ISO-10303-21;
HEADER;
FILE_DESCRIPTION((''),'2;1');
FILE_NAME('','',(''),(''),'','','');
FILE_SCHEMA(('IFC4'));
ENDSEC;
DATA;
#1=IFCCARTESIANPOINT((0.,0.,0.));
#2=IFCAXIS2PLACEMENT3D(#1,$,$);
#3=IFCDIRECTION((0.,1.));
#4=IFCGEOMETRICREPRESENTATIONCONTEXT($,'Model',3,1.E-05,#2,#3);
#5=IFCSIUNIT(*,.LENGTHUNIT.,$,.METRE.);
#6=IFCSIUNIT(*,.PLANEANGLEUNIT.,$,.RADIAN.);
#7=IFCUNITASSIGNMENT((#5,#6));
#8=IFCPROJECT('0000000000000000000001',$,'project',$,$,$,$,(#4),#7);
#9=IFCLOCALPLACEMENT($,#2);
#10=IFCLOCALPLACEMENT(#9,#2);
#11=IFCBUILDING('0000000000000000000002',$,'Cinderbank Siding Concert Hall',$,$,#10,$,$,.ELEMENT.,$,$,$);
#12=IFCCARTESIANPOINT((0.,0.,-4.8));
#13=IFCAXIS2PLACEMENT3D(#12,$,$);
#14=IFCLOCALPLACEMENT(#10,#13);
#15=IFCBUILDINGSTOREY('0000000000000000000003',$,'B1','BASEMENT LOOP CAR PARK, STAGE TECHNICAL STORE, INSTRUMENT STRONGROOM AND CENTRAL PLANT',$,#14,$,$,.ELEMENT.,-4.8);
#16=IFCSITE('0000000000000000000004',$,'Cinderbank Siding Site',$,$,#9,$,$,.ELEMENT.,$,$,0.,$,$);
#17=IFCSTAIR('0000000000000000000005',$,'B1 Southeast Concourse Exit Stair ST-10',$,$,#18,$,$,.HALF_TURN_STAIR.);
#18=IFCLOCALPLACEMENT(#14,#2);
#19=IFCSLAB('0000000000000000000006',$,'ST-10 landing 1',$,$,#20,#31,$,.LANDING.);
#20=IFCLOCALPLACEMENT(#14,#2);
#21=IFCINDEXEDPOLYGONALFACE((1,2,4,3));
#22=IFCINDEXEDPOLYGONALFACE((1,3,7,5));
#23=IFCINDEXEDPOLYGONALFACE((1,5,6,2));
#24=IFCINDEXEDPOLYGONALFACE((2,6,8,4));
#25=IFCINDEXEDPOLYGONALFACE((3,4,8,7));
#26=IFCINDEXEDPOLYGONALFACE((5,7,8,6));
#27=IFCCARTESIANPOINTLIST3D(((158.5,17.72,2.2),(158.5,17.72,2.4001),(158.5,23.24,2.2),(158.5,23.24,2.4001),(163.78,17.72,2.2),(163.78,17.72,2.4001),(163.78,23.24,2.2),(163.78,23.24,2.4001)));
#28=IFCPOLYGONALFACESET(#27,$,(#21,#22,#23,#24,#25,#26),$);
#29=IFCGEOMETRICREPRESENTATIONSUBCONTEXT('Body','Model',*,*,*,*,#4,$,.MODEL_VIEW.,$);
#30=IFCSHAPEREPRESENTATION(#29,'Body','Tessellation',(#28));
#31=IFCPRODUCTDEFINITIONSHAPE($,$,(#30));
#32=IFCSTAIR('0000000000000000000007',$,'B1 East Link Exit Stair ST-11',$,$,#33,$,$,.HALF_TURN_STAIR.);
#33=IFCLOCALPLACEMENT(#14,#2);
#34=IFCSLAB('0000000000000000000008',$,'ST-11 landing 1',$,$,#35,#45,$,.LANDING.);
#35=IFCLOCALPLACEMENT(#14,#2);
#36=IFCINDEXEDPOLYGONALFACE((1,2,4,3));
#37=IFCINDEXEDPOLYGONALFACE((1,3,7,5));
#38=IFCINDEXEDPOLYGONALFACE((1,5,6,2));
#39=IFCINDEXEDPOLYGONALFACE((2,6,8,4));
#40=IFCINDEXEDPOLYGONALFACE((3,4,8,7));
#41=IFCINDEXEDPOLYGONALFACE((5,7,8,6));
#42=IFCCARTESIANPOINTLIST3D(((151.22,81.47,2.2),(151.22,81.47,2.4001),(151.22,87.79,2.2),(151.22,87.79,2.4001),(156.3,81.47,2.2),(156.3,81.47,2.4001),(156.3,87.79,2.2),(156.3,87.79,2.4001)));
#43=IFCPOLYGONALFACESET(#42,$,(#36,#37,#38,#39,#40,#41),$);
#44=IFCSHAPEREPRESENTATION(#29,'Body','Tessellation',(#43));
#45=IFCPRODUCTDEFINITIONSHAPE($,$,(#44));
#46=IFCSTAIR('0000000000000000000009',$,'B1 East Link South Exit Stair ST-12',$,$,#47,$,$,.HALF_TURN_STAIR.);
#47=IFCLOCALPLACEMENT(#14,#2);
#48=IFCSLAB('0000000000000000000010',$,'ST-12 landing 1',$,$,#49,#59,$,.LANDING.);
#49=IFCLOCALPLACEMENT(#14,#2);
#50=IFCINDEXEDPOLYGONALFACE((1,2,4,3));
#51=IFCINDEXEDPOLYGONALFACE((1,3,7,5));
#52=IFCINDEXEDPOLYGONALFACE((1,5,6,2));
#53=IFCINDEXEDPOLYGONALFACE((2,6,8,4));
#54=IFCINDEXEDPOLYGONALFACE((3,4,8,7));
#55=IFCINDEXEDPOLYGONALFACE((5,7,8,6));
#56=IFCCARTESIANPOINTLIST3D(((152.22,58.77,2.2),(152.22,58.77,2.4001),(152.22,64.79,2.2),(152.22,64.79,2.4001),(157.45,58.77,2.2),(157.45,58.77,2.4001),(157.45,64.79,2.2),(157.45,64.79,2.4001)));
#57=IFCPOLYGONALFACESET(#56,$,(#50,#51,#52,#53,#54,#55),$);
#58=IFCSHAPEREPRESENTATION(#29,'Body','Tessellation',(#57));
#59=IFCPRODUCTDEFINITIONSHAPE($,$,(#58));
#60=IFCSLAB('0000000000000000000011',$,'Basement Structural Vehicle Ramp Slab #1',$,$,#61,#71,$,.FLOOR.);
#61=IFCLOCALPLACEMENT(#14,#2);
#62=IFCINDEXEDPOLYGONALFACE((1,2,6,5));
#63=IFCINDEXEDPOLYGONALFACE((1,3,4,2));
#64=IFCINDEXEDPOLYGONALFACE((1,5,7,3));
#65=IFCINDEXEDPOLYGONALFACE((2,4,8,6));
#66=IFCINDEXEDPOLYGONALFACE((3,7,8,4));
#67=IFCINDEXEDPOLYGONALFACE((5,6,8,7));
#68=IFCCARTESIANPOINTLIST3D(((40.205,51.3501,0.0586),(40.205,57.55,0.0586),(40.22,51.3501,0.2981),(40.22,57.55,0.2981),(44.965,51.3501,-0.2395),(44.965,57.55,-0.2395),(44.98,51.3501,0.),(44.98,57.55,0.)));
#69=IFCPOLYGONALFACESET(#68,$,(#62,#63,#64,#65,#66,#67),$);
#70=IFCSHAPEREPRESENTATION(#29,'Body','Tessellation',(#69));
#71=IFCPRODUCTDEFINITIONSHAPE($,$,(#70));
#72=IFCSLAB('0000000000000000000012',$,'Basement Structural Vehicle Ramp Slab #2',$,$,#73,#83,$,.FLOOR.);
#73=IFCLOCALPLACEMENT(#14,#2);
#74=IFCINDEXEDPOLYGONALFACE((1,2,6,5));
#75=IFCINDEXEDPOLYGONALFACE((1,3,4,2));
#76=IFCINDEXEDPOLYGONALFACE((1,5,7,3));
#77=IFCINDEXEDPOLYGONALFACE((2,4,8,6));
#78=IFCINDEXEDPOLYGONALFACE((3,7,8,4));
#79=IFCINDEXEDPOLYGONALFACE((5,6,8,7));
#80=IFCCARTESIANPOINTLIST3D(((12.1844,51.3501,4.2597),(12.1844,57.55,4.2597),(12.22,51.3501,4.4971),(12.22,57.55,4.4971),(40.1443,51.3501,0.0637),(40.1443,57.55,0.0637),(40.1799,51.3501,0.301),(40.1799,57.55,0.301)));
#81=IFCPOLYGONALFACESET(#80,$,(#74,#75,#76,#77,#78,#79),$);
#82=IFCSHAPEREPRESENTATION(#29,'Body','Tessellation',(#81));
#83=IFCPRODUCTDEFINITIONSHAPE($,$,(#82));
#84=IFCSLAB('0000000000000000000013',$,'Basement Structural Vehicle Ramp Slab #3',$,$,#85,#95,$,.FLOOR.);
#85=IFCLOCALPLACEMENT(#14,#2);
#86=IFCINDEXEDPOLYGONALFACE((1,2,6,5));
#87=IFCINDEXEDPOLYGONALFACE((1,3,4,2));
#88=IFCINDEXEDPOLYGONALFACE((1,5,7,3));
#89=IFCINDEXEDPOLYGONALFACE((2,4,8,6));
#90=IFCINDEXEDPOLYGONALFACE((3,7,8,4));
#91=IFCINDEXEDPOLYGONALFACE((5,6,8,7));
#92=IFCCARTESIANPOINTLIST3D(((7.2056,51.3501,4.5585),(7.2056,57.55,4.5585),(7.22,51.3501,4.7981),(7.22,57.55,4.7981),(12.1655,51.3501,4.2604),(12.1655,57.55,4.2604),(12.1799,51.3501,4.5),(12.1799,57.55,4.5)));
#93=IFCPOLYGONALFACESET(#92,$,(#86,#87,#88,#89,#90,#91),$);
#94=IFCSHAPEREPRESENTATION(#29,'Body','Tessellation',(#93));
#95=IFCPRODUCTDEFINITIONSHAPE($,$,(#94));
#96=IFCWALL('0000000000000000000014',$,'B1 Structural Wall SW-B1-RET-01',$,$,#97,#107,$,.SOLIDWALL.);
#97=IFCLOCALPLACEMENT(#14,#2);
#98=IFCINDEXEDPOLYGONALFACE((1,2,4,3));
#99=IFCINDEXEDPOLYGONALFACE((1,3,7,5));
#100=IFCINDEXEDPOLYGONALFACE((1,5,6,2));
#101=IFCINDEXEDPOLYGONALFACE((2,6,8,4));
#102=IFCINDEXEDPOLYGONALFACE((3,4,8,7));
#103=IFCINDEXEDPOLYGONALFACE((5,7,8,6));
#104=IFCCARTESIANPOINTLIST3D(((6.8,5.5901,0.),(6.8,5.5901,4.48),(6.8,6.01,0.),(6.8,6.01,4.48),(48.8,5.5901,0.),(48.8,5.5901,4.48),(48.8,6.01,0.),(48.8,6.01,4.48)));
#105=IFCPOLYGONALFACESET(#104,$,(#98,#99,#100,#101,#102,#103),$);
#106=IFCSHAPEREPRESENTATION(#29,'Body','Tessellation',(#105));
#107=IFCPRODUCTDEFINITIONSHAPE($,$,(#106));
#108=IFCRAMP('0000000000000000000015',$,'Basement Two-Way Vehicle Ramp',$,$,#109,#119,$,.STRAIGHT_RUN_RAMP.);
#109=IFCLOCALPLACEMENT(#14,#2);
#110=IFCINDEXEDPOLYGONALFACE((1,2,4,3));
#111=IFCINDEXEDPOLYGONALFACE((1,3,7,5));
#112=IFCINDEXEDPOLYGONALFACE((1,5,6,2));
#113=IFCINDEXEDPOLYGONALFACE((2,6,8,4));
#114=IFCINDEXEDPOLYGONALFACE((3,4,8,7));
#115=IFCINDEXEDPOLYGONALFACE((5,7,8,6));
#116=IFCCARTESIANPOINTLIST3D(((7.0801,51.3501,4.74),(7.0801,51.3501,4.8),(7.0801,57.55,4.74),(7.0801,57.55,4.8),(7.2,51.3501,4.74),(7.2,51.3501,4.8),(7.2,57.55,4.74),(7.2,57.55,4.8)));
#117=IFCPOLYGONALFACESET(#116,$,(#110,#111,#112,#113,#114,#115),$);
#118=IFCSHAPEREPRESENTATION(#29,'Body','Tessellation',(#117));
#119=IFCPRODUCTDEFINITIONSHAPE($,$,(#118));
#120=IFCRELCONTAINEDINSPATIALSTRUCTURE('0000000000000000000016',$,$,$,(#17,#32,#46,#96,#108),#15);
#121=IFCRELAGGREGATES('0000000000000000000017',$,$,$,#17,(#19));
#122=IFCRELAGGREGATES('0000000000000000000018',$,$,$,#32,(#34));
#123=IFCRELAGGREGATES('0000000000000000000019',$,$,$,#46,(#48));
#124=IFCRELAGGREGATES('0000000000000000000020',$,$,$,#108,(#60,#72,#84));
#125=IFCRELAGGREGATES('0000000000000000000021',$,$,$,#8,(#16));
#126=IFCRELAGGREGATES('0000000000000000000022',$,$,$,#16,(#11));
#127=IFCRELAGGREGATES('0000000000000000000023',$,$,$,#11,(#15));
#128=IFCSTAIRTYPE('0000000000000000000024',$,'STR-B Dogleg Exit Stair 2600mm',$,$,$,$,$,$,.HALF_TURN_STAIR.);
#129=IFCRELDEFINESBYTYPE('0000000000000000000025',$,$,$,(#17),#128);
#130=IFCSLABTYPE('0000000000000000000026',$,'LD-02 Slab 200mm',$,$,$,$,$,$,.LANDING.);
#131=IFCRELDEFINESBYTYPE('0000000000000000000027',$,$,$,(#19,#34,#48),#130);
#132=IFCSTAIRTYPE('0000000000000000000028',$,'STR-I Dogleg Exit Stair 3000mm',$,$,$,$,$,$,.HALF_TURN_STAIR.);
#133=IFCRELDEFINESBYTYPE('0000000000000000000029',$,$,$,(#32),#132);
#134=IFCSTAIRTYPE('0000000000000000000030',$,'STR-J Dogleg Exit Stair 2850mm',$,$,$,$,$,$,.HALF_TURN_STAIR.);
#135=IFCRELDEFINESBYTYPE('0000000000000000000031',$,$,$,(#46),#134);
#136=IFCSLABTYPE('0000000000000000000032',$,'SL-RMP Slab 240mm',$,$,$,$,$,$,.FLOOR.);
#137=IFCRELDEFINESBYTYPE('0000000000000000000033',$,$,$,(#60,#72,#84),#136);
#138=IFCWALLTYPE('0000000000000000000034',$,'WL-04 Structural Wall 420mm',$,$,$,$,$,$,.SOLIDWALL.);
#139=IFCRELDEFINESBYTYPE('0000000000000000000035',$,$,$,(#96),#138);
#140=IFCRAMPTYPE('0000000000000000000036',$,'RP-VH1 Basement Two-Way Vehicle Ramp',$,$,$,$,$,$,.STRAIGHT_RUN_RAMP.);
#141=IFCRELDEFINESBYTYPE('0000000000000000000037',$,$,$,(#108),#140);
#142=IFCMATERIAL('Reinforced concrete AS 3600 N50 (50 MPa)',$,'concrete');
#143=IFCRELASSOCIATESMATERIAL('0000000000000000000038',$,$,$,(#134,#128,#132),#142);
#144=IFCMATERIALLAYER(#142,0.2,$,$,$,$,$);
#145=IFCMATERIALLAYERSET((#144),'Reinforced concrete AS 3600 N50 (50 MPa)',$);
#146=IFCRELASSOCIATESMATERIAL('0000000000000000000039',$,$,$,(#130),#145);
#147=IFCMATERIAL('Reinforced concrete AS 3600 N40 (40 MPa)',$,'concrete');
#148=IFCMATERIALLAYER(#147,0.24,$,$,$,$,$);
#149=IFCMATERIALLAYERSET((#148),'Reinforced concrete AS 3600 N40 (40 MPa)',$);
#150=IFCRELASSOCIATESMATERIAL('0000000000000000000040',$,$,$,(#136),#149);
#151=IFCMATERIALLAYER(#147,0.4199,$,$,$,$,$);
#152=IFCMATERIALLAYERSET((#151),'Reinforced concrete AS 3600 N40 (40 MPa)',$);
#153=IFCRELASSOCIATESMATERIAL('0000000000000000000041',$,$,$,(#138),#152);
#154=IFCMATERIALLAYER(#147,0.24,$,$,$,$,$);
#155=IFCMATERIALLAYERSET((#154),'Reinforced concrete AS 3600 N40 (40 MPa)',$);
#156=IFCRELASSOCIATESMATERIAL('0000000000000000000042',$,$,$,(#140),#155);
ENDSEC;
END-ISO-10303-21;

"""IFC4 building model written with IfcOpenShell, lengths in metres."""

from ifc_helpers import new_model, si_unit, direction, frame, frame_2d, origin, place, context, subcontext, project, spatial, polyline, rectangle, outline, extrude, material, layer, layer_set, type_object, element, aggregate, save


model = new_model("IFC4")

# Units and contexts
model_context = context("Model", 3, precision=1e-05, world=origin(), true_north=direction((0.0, 1.0)))
body_context = subcontext(model_context, "Body", "Model", "MODEL_VIEW")
ifc_project = project(units=[si_unit("LENGTHUNIT", "METRE"), si_unit("PLANEANGLEUNIT", "RADIAN")], contexts=[model_context])

# Site, building, storey
site_placement = place(None, origin())
site = spatial("IfcSite", under=ifc_project, at=site_placement, Name="Cinderbank Siding Site", CompositionType="ELEMENT", RefElevation=0.0)
building_placement = place(site_placement, origin())
building = spatial("IfcBuilding", under=site, at=building_placement, Name="Cinderbank Siding Concert Hall", CompositionType="ELEMENT")
storey_placement = place(building_placement, frame((0.0, 0.0, -4.8)))
storey = spatial("IfcBuildingStorey", under=building, at=storey_placement, Name="B1", Description="BASEMENT LOOP CAR PARK, STAGE TECHNICAL STORE, INSTRUMENT STRONGROOM AND CENTRAL PLANT", CompositionType="ELEMENT", Elevation=-4.8)

# Shared definitions
ifc_material_1 = material(Name="Reinforced concrete AS 3600 N40 (40 MPa)", Category="concrete")

# Shared definitions
ifc_material_2 = material(Name="Reinforced concrete AS 3600 N50 (50 MPa)", Category="concrete")

# Stairs, slabs
stair_type_1 = type_object("IfcStairType", Name="STR-J Dogleg Exit Stair 2850mm", PredefinedType="HALF_TURN_STAIR", material=ifc_material_2)
ifc_layer_1 = layer(ifc_material_2, 0.2)
ifc_layer_set_1 = layer_set([ifc_layer_1], Name="Reinforced concrete AS 3600 N50 (50 MPa)")
slab_type_1 = type_object("IfcSlabType", Name="LD-02 Slab 200mm", PredefinedType="LANDING", material=ifc_layer_set_1)
stair_type_2 = type_object("IfcStairType", Name="STR-B Dogleg Exit Stair 2600mm", PredefinedType="HALF_TURN_STAIR", material=ifc_material_2)
stair_1_placement = place(storey_placement, origin())
stair_1 = element("IfcStair", 1, at=stair_1_placement, inside=storey, type_object=stair_type_2, Name="B1 Southeast Concourse Exit Stair ST-10", PredefinedType="HALF_TURN_STAIR")
slab_1_placement = place(storey_placement, frame((0.0, 0.0, 2.2)))
slab_1 = element("IfcSlab", 2, at=slab_1_placement, type_object=slab_type_1, Name="ST-10 landing 1", PredefinedType="LANDING", context=body_context, shape_type="SweptSolid", body=[
    extrude(outline(polyline([(158.5, 17.72), (158.5, 23.24), (163.78, 23.24), (163.78, 17.72), (158.5, 17.72)])), origin(), (0.0, 0.0, 1.0), 0.2002),
])
aggregate(stair_1, [slab_1])
stair_type_3 = type_object("IfcStairType", Name="STR-I Dogleg Exit Stair 3000mm", PredefinedType="HALF_TURN_STAIR", material=ifc_material_2)
stair_2_placement = place(storey_placement, origin())
stair_2 = element("IfcStair", 3, at=stair_2_placement, inside=storey, type_object=stair_type_3, Name="B1 East Link Exit Stair ST-11", PredefinedType="HALF_TURN_STAIR")
slab_2_placement = place(storey_placement, frame((0.0, 0.0, 2.2)))
slab_2 = element("IfcSlab", 4, at=slab_2_placement, type_object=slab_type_1, Name="ST-11 landing 1", PredefinedType="LANDING", context=body_context, shape_type="SweptSolid", body=[
    extrude(outline(polyline([(156.3, 87.79), (156.3, 81.47), (151.22, 81.47), (151.22, 87.79), (156.3, 87.79)])), origin(), (0.0, 0.0, 1.0), 0.2002),
])
aggregate(stair_2, [slab_2])
stair_3_placement = place(storey_placement, origin())
stair_3 = element("IfcStair", 5, at=stair_3_placement, inside=storey, type_object=stair_type_1, Name="B1 East Link South Exit Stair ST-12", PredefinedType="HALF_TURN_STAIR")
slab_3_placement = place(storey_placement, frame((0.0, 0.0, 2.2)))
slab_3 = element("IfcSlab", 6, at=slab_3_placement, type_object=slab_type_1, Name="ST-12 landing 1", PredefinedType="LANDING", context=body_context, shape_type="SweptSolid", body=[
    extrude(outline(polyline([(157.45, 64.79), (157.45, 58.77), (152.22, 58.77), (152.22, 64.79), (157.45, 64.79)])), origin(), (0.0, 0.0, 1.0), 0.2002),
])
aggregate(stair_3, [slab_3])

# Slabs
ifc_layer_2 = layer(ifc_material_1, 0.24)
ifc_layer_set_2 = layer_set([ifc_layer_2], Name="Reinforced concrete AS 3600 N40 (40 MPa)")
slab_type_2 = type_object("IfcSlabType", Name="SL-RMP Slab 240mm", PredefinedType="FLOOR", material=ifc_layer_set_2)
slab_4_placement = place(storey_placement, frame((44.98, 51.3501, 0.0), z_axis=(0.062503, 0.0, 0.998045), x_axis=(0.0, 1.0, 0.0)))
slab_4 = element("IfcSlab", 7, at=slab_4_placement, type_object=slab_type_2, Name="Basement Structural Vehicle Ramp Slab #1", PredefinedType="FLOOR", context=body_context, shape_type="SweptSolid", body=[
    extrude(outline(polyline([(0.0, 0.0), (6.2, 0.0), (6.2, 4.7693), (0.0, 4.7693), (0.0, 0.0)])), origin(), (0.0, 0.0, -1.0), 0.24),
])
slab_5_placement = place(storey_placement, frame((40.1799, 51.3501, 0.301), z_axis=(0.148411, 0.0, 0.988926), x_axis=(0.0, 1.0, 0.0)))
slab_5 = element("IfcSlab", 8, at=slab_5_placement, type_object=slab_type_2, Name="Basement Structural Vehicle Ramp Slab #2", PredefinedType="FLOOR", context=body_context, shape_type="SweptSolid", body=[
    extrude(outline(polyline([(0.0, 0.0), (6.2, 0.0), (6.2, 28.2731), (0.0, 28.2731), (0.0, 0.0)])), origin(), (0.0, 0.0, -1.0), 0.24),
])
slab_6_placement = place(storey_placement, frame((12.1799, 51.3501, 4.5), z_axis=(0.059992, 0.0, 0.998199), x_axis=(0.0, 1.0, 0.0)))
slab_6 = element("IfcSlab", 9, at=slab_6_placement, type_object=slab_type_2, Name="Basement Structural Vehicle Ramp Slab #3", PredefinedType="FLOOR", context=body_context, shape_type="SweptSolid", body=[
    extrude(outline(polyline([(0.0, 0.0), (6.2, 0.0), (6.2, 4.9689), (0.0, 4.9689), (0.0, 0.0)])), origin(), (0.0, 0.0, -1.0), 0.24),
])

# Wall
ifc_layer_3 = layer(ifc_material_1, 0.4199)
ifc_layer_set_3 = layer_set([ifc_layer_3], Name="Reinforced concrete AS 3600 N40 (40 MPa)")
wall_type = type_object("IfcWallType", Name="WL-04 Structural Wall 420mm", PredefinedType="SOLIDWALL", material=ifc_layer_set_3)
wall_placement = place(storey_placement, frame((6.8, 5.8, 0.0), z_axis=(0.0, 0.0, 1.0), x_axis=(1.0, 0.0, 0.0)))
element("IfcWall", 10, at=wall_placement, inside=storey, type_object=wall_type, Name="B1 Structural Wall SW-B1-RET-01", PredefinedType="SOLIDWALL", context=body_context, shape_type="SweptSolid", body=[
    extrude(rectangle(XDim=42.0, YDim=0.4199, at=frame_2d((21.0, 0.0))), origin(), (0.0, 0.0, 1.0), 4.48),
])

# Ramp
ifc_layer_4 = layer(ifc_material_1, 0.24)
ifc_layer_set_4 = layer_set([ifc_layer_4], Name="Reinforced concrete AS 3600 N40 (40 MPa)")
ramp_type = type_object("IfcRampType", Name="RP-VH1 Basement Two-Way Vehicle Ramp", PredefinedType="STRAIGHT_RUN_RAMP", material=ifc_layer_set_4)
ramp_placement = place(storey_placement, frame((0.0, 0.0, 4.74)))
ramp = element("IfcRamp", 11, at=ramp_placement, inside=storey, type_object=ramp_type, Name="Basement Two-Way Vehicle Ramp", PredefinedType="STRAIGHT_RUN_RAMP", context=body_context, shape_type="SweptSolid", body=[
    extrude(outline(polyline([(7.0801, 51.3501), (7.2, 51.3501), (7.2, 57.55), (7.0801, 57.55), (7.0801, 51.3501)])), origin(), (0.0, 0.0, 1.0), 0.0601),
])
aggregate(ramp, [slab_4, slab_5, slab_6])

save(model, "model.ifc")
